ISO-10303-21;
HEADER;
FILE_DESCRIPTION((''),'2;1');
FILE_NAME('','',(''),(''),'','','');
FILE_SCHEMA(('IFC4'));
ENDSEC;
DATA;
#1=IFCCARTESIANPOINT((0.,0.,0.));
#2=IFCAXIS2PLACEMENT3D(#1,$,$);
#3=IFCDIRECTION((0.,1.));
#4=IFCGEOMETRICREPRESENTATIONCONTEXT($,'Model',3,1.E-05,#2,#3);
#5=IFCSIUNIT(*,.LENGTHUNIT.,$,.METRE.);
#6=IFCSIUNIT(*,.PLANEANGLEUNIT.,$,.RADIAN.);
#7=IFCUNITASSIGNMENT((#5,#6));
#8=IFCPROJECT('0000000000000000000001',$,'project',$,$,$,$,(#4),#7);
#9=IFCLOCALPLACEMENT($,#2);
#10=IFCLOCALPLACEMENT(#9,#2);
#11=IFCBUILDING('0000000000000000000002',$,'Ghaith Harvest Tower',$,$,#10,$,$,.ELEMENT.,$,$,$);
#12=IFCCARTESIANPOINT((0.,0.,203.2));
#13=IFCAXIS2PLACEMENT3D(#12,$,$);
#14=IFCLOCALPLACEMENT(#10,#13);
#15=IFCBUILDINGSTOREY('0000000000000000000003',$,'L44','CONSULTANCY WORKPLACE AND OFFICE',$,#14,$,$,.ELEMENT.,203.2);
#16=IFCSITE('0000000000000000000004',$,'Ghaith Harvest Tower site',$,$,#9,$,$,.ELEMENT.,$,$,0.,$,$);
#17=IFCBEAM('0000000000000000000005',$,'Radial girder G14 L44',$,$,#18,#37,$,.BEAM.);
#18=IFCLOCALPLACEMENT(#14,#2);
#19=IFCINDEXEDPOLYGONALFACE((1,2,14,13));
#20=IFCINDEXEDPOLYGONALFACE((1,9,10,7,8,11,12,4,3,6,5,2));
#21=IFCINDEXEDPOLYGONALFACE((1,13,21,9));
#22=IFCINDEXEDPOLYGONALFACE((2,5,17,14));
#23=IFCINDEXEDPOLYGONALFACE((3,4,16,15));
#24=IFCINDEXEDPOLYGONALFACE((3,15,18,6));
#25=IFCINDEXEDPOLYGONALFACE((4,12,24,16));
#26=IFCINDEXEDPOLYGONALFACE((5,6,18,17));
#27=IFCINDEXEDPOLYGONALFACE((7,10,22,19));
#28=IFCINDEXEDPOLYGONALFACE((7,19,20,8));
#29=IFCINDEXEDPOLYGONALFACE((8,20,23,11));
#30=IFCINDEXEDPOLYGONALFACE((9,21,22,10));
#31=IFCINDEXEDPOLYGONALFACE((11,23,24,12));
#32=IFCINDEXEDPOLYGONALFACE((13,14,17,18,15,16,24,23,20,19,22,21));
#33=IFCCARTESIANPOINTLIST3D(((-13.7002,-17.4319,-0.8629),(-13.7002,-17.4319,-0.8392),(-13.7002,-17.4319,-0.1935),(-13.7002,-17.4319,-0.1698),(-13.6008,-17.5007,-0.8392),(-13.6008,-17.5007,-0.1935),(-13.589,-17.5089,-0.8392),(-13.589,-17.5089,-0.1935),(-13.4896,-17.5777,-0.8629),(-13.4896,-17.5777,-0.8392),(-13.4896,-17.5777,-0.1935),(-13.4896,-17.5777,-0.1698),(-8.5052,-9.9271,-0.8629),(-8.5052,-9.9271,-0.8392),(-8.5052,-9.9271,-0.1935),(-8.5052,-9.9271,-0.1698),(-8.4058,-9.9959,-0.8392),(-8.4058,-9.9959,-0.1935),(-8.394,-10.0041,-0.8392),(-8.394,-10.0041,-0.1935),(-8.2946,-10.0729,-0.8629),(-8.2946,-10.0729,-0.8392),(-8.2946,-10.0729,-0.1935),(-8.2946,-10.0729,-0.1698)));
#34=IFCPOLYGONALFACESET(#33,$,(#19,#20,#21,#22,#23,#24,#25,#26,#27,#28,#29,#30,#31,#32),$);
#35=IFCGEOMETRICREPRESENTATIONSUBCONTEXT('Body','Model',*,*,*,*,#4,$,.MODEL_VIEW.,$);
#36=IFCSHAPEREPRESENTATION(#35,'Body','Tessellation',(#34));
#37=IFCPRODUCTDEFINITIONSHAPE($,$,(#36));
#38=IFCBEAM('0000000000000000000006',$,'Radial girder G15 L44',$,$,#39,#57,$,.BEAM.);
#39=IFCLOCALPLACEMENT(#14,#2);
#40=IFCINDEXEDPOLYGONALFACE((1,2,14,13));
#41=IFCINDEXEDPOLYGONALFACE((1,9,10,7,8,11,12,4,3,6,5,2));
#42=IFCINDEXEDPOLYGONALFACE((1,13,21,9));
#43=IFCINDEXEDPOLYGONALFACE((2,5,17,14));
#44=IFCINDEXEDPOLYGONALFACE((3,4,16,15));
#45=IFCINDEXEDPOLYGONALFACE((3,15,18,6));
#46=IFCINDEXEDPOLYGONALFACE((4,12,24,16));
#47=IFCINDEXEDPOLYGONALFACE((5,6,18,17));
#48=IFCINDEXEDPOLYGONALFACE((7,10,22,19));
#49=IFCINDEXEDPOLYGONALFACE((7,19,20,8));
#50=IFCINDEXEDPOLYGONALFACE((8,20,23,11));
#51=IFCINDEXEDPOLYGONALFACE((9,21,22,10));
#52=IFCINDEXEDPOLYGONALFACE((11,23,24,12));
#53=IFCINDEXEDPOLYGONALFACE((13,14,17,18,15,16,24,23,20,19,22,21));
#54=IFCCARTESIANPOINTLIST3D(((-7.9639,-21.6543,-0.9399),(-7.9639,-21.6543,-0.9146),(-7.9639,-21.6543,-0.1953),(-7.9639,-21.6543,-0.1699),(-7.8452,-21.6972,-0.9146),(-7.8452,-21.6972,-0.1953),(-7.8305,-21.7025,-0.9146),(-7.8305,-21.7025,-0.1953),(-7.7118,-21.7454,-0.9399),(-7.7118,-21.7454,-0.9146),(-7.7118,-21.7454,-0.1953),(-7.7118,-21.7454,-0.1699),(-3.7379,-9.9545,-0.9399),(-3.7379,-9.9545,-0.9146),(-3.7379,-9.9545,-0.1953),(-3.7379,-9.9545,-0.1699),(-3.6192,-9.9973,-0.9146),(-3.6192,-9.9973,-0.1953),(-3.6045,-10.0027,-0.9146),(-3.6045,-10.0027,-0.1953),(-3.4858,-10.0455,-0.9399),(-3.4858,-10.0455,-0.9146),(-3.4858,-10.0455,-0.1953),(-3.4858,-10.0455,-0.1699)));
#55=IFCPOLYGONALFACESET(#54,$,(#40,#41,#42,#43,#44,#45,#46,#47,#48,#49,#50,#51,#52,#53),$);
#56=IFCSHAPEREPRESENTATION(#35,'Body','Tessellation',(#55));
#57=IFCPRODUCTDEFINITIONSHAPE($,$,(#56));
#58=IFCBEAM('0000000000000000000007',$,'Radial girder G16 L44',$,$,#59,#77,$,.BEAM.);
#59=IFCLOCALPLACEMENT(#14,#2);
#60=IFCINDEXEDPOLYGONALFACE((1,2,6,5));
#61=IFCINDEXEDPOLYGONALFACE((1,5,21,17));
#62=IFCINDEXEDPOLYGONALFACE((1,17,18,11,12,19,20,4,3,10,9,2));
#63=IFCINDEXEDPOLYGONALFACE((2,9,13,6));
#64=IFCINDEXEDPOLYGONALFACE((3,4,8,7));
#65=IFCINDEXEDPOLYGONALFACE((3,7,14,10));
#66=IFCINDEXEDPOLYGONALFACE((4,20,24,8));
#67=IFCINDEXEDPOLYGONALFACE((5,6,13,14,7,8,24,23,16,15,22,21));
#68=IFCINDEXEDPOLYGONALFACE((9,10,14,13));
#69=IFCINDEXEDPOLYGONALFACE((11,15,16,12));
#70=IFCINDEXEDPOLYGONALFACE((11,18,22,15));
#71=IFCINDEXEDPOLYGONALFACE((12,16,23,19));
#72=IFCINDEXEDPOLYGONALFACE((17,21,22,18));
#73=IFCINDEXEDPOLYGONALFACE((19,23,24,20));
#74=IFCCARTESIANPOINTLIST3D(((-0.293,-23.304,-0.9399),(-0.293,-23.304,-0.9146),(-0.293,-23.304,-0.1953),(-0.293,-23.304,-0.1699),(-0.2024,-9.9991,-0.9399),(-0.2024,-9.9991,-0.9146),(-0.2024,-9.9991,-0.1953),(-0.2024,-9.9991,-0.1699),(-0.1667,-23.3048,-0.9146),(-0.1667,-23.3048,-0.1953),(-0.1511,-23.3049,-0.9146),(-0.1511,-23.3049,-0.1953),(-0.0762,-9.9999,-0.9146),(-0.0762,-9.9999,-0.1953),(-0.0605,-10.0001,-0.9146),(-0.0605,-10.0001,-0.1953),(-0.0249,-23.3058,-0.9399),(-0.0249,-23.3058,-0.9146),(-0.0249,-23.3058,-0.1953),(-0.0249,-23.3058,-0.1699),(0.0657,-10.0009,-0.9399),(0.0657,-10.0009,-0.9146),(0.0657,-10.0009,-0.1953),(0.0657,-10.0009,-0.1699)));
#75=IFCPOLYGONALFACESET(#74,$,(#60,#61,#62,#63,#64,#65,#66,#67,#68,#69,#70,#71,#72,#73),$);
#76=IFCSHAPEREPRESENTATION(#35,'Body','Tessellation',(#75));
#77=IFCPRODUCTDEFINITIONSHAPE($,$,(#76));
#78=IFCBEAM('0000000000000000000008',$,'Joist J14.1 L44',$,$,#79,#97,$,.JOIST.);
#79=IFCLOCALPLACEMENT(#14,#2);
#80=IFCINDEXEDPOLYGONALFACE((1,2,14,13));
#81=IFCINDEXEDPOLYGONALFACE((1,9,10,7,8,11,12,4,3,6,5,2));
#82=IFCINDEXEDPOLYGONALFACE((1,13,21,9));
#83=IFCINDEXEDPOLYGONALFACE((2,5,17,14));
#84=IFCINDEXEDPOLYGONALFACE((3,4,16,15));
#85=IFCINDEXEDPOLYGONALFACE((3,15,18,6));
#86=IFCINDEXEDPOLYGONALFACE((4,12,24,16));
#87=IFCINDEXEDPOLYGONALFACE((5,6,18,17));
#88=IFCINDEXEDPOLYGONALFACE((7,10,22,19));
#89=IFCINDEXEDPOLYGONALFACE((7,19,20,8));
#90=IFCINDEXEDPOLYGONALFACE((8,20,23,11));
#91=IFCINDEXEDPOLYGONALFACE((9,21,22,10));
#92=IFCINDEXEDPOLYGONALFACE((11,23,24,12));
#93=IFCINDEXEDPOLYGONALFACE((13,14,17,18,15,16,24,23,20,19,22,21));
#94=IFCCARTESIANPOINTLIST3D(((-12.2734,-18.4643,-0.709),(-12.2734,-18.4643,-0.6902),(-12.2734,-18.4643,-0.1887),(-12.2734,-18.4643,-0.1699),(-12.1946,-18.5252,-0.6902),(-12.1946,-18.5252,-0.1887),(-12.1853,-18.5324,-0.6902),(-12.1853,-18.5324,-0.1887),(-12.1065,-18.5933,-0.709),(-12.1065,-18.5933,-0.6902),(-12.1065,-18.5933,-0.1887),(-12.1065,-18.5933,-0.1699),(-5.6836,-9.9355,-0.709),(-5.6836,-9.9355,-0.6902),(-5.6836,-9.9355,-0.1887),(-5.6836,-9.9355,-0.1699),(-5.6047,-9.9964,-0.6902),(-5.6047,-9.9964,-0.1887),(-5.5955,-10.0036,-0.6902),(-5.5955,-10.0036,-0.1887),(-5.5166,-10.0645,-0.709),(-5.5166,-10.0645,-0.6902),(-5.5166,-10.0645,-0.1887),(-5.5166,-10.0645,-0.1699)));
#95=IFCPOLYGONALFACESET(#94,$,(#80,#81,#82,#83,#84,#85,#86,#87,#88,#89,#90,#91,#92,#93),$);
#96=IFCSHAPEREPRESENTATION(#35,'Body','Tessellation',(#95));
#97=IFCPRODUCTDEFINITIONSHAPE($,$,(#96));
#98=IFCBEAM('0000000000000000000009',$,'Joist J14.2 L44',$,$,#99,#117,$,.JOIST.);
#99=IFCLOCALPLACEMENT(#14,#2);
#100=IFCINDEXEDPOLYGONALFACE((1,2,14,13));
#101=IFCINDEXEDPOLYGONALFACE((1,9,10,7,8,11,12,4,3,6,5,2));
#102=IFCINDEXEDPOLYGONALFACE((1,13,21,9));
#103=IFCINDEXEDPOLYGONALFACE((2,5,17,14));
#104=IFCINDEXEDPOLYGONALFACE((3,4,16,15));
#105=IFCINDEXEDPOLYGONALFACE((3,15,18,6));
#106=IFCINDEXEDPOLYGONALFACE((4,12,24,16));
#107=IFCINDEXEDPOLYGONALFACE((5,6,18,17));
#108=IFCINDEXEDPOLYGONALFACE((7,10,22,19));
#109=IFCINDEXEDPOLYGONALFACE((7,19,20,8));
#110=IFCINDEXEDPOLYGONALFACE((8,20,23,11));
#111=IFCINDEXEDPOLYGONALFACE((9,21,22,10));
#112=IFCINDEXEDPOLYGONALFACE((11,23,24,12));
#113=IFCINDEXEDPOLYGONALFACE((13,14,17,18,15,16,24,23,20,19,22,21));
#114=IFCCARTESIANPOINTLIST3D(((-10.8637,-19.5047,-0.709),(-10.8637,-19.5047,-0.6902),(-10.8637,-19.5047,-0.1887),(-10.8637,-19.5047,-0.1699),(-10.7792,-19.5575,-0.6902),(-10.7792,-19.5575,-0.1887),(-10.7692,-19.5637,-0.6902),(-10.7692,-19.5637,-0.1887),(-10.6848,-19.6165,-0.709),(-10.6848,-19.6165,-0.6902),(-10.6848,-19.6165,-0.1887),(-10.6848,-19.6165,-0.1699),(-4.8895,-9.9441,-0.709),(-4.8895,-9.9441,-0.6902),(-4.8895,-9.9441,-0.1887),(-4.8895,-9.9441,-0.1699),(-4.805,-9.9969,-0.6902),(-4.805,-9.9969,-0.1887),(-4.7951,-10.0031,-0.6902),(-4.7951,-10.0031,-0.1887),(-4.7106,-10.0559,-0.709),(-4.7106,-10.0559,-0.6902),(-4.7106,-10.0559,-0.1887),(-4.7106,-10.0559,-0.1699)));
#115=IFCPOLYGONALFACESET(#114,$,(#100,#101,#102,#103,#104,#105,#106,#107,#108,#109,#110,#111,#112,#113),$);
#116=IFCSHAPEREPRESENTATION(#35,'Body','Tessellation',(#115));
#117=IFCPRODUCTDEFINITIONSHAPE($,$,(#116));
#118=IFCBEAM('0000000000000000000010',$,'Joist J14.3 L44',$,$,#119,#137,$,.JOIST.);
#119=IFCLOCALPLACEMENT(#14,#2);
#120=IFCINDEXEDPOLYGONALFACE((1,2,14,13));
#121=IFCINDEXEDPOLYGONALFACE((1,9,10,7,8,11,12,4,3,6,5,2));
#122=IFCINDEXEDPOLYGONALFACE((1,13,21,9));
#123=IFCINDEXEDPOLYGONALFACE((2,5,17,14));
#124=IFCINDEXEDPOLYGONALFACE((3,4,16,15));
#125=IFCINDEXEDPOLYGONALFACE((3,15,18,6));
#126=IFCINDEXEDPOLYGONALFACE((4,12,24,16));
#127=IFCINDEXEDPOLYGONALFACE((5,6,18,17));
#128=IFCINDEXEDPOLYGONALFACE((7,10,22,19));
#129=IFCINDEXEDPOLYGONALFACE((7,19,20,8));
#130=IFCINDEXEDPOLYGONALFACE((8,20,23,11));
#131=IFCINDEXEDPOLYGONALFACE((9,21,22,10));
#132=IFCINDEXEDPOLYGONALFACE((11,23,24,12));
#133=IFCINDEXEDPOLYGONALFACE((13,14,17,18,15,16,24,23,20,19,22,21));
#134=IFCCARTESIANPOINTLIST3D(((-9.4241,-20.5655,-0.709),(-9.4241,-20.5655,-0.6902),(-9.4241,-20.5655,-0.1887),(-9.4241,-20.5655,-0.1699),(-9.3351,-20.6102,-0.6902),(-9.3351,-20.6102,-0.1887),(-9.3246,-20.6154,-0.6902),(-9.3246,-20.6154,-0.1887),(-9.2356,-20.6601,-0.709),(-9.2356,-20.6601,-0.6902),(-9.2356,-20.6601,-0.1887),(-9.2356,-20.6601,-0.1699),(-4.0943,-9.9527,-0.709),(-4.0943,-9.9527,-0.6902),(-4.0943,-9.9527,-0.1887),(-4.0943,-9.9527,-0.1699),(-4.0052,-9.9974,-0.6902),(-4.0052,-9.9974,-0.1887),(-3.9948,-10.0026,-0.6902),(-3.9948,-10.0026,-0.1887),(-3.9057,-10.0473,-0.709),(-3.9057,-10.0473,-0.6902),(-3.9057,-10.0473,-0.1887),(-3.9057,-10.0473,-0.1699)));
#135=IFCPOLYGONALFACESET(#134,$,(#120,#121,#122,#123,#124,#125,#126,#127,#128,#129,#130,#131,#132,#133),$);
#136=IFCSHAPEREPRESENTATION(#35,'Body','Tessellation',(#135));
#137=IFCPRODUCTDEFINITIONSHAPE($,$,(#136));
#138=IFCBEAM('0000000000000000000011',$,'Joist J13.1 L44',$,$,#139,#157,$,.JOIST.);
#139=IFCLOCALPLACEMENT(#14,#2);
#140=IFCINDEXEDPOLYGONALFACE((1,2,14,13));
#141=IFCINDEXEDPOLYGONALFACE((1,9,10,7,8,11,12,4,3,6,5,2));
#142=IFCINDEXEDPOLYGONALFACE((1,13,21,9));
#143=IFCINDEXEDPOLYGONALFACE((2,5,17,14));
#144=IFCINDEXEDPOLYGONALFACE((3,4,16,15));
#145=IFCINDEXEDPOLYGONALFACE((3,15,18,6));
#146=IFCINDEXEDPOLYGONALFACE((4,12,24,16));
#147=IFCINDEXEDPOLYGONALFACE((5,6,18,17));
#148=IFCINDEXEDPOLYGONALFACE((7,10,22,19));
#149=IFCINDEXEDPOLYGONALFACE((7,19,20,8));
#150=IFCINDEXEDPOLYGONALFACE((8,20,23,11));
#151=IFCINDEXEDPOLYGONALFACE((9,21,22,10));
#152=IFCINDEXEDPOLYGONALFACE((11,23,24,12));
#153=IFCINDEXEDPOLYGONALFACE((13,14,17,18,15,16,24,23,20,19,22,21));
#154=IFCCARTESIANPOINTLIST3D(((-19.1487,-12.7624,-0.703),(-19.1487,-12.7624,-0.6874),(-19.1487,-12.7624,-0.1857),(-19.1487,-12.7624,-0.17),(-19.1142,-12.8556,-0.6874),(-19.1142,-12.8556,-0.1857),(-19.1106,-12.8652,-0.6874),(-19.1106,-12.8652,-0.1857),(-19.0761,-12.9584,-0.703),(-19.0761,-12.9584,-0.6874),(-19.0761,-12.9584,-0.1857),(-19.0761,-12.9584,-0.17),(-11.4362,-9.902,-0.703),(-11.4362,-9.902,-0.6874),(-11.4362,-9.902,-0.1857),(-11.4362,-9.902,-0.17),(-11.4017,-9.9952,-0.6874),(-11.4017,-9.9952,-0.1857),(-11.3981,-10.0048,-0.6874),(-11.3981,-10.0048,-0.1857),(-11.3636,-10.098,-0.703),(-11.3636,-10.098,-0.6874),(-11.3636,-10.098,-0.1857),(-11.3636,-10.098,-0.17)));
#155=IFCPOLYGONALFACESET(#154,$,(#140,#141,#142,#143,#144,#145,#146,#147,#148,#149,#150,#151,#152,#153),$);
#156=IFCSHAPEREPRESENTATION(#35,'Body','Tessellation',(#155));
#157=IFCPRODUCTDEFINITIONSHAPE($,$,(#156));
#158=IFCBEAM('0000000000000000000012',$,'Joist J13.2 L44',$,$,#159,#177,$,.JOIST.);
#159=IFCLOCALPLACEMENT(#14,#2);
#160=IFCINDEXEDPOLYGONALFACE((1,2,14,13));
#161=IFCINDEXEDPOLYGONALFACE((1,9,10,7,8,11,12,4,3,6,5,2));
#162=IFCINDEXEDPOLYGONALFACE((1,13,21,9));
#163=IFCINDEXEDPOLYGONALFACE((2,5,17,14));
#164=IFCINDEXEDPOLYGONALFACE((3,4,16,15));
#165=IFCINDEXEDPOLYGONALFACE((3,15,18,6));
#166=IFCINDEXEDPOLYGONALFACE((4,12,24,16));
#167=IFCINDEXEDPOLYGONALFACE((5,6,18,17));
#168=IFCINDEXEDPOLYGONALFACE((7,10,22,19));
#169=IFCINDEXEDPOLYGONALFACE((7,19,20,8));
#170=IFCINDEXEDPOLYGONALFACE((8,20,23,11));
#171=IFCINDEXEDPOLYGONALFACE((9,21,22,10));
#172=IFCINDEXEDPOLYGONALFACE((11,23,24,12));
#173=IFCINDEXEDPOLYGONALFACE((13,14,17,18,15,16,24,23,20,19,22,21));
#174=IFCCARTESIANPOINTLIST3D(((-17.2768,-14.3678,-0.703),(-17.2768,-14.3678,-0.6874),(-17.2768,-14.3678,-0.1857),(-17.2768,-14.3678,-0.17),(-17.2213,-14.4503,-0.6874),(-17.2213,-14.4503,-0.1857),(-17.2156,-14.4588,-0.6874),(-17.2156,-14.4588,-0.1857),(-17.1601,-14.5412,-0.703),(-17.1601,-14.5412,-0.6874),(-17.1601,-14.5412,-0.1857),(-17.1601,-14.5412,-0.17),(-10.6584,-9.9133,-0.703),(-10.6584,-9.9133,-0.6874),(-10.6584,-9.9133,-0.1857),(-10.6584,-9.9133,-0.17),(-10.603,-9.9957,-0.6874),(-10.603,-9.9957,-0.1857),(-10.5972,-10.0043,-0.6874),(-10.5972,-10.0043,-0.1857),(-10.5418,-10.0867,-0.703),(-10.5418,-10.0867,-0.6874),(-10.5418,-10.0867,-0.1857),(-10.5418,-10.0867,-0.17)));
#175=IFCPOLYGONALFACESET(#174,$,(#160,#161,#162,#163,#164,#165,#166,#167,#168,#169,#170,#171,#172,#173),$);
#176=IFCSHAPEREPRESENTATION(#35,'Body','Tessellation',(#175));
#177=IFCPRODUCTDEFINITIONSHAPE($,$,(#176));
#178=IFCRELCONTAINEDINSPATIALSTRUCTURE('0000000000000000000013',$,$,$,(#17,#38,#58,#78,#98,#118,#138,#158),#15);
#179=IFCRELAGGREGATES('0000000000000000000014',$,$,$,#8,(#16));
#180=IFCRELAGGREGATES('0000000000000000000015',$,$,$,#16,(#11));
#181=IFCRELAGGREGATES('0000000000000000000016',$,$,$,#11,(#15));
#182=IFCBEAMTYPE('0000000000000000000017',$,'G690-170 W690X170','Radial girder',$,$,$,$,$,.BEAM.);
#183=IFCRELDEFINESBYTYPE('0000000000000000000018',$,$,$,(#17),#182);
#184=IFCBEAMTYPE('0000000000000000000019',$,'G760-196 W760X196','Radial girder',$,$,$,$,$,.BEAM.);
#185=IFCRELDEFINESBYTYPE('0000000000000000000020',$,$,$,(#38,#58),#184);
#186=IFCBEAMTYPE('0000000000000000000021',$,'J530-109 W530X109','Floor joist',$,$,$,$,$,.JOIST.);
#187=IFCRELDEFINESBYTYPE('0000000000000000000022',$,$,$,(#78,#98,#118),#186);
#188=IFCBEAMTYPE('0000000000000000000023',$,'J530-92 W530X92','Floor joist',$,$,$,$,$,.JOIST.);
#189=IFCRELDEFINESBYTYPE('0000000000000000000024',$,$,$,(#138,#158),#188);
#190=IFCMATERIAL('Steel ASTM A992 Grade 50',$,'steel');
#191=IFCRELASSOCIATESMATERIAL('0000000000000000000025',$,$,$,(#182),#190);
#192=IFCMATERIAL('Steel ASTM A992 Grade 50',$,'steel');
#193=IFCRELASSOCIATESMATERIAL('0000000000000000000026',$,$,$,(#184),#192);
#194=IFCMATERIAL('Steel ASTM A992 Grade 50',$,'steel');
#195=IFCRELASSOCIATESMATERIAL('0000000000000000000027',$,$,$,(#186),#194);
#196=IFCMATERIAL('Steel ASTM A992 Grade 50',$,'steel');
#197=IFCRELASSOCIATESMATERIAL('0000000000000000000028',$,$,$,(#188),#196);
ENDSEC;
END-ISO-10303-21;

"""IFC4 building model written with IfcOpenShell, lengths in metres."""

from ifc_helpers import new_model, si_unit, direction, frame, origin, origin_2d, place, context, subcontext, project, spatial, i_section, extrude, material, material_profile, profile_set, type_object, element, save


model = new_model("IFC4")

# Units and contexts
model_context = context("Model", 3, precision=1e-05, world=origin(), true_north=direction((0.0, 1.0)))
body_context = subcontext(model_context, "Body", "Model", "MODEL_VIEW")
ifc_project = project(units=[si_unit("LENGTHUNIT", "METRE"), si_unit("PLANEANGLEUNIT", "RADIAN")], contexts=[model_context])

# Site, building, storey
site_placement = place(None, origin())
site = spatial("IfcSite", under=ifc_project, at=site_placement, Name="Ghaith Harvest Tower site", CompositionType="ELEMENT", RefElevation=0.0)
building_placement = place(site_placement, origin())
building = spatial("IfcBuilding", under=site, at=building_placement, Name="Ghaith Harvest Tower", CompositionType="ELEMENT")
storey_placement = place(building_placement, frame((0.0, 0.0, 203.2)))
storey = spatial("IfcBuildingStorey", under=building, at=storey_placement, Name="L44", Description="CONSULTANCY WORKPLACE AND OFFICE", CompositionType="ELEMENT", Elevation=203.2)

# Beams
ifc_material_1 = material(Name="Steel ASTM A992 Grade 50", Category="steel")
ifc_material_profile_1 = material_profile(ifc_material_1, i_section(OverallWidth=0.2561, OverallDepth=0.6931, WebThickness=0.0144, FlangeThickness=0.0237, at=origin_2d()), Name="W690X170")
ifc_profile_set_1 = profile_set([ifc_material_profile_1], Name="Steel ASTM A992 Grade 50")
beam_type_1 = type_object("IfcBeamType", Name="G690-170 W690X170", Description="Radial girder", PredefinedType="BEAM", material=ifc_profile_set_1)
beam_1_placement = place(storey_placement, frame((-8.3999, -10.0, -0.5164), z_axis=(-0.569164, -0.822224, 0.0), x_axis=(0.822224, -0.569164, 0.0)))
element("IfcBeam", 1, at=beam_1_placement, inside=storey, type_object=beam_type_1, Name="Radial girder G14 L44", PredefinedType="BEAM", context=body_context, shape_type="SweptSolid", body=[
    extrude(i_section(OverallWidth=0.2561, OverallDepth=0.6931, WebThickness=0.0144, FlangeThickness=0.0237, at=origin_2d()), origin(), (0.0, 0.0, 1.0), 9.1274),
])
ifc_material_2 = material(Name="Steel ASTM A992 Grade 50", Category="steel")
ifc_material_profile_2 = material_profile(ifc_material_2, i_section(OverallWidth=0.2681, OverallDepth=0.77, WebThickness=0.0156, FlangeThickness=0.0254, at=origin_2d()), Name="W760X196")
ifc_profile_set_2 = profile_set([ifc_material_profile_2], Name="Steel ASTM A992 Grade 50")
beam_type_2 = type_object("IfcBeamType", Name="G760-196 W760X196", Description="Radial girder", PredefinedType="BEAM", material=ifc_profile_set_2)
beam_2_placement = place(storey_placement, frame((-3.6118, -10.0, -0.5549), z_axis=(-0.339722, -0.940526, 0.0), x_axis=(0.940526, -0.339722, 0.0)))
element("IfcBeam", 2, at=beam_2_placement, inside=storey, type_object=beam_type_2, Name="Radial girder G15 L44", PredefinedType="BEAM", context=body_context, shape_type="SweptSolid", body=[
    extrude(i_section(OverallWidth=0.2681, OverallDepth=0.77, WebThickness=0.0156, FlangeThickness=0.0254, at=origin_2d()), origin(), (0.0, 0.0, 1.0), 12.4397),
])
beam_3_placement = place(storey_placement, frame((-0.0684, -10.0, -0.5549), z_axis=(-0.006808, -0.999977, 0.0), x_axis=(0.999977, -0.006808, 0.0)))
element("IfcBeam", 3, at=beam_3_placement, inside=storey, type_object=beam_type_2, Name="Radial girder G16 L44", PredefinedType="BEAM", context=body_context, shape_type="SweptSolid", body=[
    extrude(i_section(OverallWidth=0.2681, OverallDepth=0.77, WebThickness=0.0156, FlangeThickness=0.0254, at=origin_2d()), origin(), (0.0, 0.0, 1.0), 13.3052),
])
ifc_material_3 = material(Name="Steel ASTM A992 Grade 50", Category="steel")
ifc_material_profile_3 = material_profile(ifc_material_3, i_section(OverallWidth=0.2109, OverallDepth=0.5391, WebThickness=0.0117, FlangeThickness=0.0188, at=origin_2d()), Name="W530X109")
ifc_profile_set_3 = profile_set([ifc_material_profile_3], Name="Steel ASTM A992 Grade 50")
beam_type_3 = type_object("IfcBeamType", Name="J530-109 W530X109", Description="Floor joist", PredefinedType="JOIST", material=ifc_profile_set_3)
beam_4_placement = place(storey_placement, frame((-5.6001, -10.0, -0.4395), z_axis=(-0.611413, -0.791312, 0.0), x_axis=(0.791312, -0.611413, 0.0)))
element("IfcBeam", 4, at=beam_4_placement, inside=storey, type_object=beam_type_3, Name="Joist J14.1 L44", PredefinedType="JOIST", context=body_context, shape_type="SweptSolid", body=[
    extrude(i_section(OverallWidth=0.2109, OverallDepth=0.5391, WebThickness=0.0117, FlangeThickness=0.0188, at=origin_2d()), origin(), (0.0, 0.0, 1.0), 10.7781),
])
beam_5_placement = place(storey_placement, frame((-4.8, -10.0, -0.4395), z_axis=(-0.529921, -0.848047, 0.0), x_axis=(0.848047, -0.529921, 0.0)))
element("IfcBeam", 5, at=beam_5_placement, inside=storey, type_object=beam_type_3, Name="Joist J14.2 L44", PredefinedType="JOIST", context=body_context, shape_type="SweptSolid", body=[
    extrude(i_section(OverallWidth=0.2109, OverallDepth=0.5391, WebThickness=0.0117, FlangeThickness=0.0188, at=origin_2d()), origin(), (0.0, 0.0, 1.0), 11.2737),
])
beam_6_placement = place(storey_placement, frame((-4.0, -10.0, -0.4395), z_axis=(-0.448792, -0.893636, 0.0), x_axis=(0.893636, -0.448792, 0.0)))
element("IfcBeam", 6, at=beam_6_placement, inside=storey, type_object=beam_type_3, Name="Joist J14.3 L44", PredefinedType="JOIST", context=body_context, shape_type="SweptSolid", body=[
    extrude(i_section(OverallWidth=0.2109, OverallDepth=0.5391, WebThickness=0.0117, FlangeThickness=0.0188, at=origin_2d()), origin(), (0.0, 0.0, 1.0), 11.876),
])
ifc_material_4 = material(Name="Steel ASTM A992 Grade 50", Category="steel")
ifc_material_profile_4 = material_profile(ifc_material_4, i_section(OverallWidth=0.209, OverallDepth=0.533, WebThickness=0.0103, FlangeThickness=0.0156, at=origin_2d()), Name="W530X92")
ifc_profile_set_4 = profile_set([ifc_material_profile_4], Name="Steel ASTM A992 Grade 50")
beam_type_4 = type_object("IfcBeamType", Name="J530-92 W530X92", Description="Floor joist", PredefinedType="JOIST", material=ifc_profile_set_4)
beam_7_placement = place(storey_placement, frame((-11.3999, -10.0, -0.4365), z_axis=(-0.937594, -0.347732, 0.0), x_axis=(0.347732, -0.937594, 0.0)))
element("IfcBeam", 7, at=beam_7_placement, inside=storey, type_object=beam_type_4, Name="Joist J13.1 L44", PredefinedType="JOIST", context=body_context, shape_type="SweptSolid", body=[
    extrude(i_section(OverallWidth=0.209, OverallDepth=0.533, WebThickness=0.0103, FlangeThickness=0.0156, at=origin_2d()), origin(), (0.0, 0.0, 1.0), 8.2258),
])
beam_8_placement = place(storey_placement, frame((-10.6001, -10.0, -0.4365), z_axis=(-0.829594, -0.558367, 0.0), x_axis=(0.558367, -0.829594, 0.0)))
element("IfcBeam", 8, at=beam_8_placement, inside=storey, type_object=beam_type_4, Name="Joist J13.2 L44", PredefinedType="JOIST", context=body_context, shape_type="SweptSolid", body=[
    extrude(i_section(OverallWidth=0.209, OverallDepth=0.533, WebThickness=0.0103, FlangeThickness=0.0156, at=origin_2d()), origin(), (0.0, 0.0, 1.0), 7.9778),
])

save(model, "model.ifc")
